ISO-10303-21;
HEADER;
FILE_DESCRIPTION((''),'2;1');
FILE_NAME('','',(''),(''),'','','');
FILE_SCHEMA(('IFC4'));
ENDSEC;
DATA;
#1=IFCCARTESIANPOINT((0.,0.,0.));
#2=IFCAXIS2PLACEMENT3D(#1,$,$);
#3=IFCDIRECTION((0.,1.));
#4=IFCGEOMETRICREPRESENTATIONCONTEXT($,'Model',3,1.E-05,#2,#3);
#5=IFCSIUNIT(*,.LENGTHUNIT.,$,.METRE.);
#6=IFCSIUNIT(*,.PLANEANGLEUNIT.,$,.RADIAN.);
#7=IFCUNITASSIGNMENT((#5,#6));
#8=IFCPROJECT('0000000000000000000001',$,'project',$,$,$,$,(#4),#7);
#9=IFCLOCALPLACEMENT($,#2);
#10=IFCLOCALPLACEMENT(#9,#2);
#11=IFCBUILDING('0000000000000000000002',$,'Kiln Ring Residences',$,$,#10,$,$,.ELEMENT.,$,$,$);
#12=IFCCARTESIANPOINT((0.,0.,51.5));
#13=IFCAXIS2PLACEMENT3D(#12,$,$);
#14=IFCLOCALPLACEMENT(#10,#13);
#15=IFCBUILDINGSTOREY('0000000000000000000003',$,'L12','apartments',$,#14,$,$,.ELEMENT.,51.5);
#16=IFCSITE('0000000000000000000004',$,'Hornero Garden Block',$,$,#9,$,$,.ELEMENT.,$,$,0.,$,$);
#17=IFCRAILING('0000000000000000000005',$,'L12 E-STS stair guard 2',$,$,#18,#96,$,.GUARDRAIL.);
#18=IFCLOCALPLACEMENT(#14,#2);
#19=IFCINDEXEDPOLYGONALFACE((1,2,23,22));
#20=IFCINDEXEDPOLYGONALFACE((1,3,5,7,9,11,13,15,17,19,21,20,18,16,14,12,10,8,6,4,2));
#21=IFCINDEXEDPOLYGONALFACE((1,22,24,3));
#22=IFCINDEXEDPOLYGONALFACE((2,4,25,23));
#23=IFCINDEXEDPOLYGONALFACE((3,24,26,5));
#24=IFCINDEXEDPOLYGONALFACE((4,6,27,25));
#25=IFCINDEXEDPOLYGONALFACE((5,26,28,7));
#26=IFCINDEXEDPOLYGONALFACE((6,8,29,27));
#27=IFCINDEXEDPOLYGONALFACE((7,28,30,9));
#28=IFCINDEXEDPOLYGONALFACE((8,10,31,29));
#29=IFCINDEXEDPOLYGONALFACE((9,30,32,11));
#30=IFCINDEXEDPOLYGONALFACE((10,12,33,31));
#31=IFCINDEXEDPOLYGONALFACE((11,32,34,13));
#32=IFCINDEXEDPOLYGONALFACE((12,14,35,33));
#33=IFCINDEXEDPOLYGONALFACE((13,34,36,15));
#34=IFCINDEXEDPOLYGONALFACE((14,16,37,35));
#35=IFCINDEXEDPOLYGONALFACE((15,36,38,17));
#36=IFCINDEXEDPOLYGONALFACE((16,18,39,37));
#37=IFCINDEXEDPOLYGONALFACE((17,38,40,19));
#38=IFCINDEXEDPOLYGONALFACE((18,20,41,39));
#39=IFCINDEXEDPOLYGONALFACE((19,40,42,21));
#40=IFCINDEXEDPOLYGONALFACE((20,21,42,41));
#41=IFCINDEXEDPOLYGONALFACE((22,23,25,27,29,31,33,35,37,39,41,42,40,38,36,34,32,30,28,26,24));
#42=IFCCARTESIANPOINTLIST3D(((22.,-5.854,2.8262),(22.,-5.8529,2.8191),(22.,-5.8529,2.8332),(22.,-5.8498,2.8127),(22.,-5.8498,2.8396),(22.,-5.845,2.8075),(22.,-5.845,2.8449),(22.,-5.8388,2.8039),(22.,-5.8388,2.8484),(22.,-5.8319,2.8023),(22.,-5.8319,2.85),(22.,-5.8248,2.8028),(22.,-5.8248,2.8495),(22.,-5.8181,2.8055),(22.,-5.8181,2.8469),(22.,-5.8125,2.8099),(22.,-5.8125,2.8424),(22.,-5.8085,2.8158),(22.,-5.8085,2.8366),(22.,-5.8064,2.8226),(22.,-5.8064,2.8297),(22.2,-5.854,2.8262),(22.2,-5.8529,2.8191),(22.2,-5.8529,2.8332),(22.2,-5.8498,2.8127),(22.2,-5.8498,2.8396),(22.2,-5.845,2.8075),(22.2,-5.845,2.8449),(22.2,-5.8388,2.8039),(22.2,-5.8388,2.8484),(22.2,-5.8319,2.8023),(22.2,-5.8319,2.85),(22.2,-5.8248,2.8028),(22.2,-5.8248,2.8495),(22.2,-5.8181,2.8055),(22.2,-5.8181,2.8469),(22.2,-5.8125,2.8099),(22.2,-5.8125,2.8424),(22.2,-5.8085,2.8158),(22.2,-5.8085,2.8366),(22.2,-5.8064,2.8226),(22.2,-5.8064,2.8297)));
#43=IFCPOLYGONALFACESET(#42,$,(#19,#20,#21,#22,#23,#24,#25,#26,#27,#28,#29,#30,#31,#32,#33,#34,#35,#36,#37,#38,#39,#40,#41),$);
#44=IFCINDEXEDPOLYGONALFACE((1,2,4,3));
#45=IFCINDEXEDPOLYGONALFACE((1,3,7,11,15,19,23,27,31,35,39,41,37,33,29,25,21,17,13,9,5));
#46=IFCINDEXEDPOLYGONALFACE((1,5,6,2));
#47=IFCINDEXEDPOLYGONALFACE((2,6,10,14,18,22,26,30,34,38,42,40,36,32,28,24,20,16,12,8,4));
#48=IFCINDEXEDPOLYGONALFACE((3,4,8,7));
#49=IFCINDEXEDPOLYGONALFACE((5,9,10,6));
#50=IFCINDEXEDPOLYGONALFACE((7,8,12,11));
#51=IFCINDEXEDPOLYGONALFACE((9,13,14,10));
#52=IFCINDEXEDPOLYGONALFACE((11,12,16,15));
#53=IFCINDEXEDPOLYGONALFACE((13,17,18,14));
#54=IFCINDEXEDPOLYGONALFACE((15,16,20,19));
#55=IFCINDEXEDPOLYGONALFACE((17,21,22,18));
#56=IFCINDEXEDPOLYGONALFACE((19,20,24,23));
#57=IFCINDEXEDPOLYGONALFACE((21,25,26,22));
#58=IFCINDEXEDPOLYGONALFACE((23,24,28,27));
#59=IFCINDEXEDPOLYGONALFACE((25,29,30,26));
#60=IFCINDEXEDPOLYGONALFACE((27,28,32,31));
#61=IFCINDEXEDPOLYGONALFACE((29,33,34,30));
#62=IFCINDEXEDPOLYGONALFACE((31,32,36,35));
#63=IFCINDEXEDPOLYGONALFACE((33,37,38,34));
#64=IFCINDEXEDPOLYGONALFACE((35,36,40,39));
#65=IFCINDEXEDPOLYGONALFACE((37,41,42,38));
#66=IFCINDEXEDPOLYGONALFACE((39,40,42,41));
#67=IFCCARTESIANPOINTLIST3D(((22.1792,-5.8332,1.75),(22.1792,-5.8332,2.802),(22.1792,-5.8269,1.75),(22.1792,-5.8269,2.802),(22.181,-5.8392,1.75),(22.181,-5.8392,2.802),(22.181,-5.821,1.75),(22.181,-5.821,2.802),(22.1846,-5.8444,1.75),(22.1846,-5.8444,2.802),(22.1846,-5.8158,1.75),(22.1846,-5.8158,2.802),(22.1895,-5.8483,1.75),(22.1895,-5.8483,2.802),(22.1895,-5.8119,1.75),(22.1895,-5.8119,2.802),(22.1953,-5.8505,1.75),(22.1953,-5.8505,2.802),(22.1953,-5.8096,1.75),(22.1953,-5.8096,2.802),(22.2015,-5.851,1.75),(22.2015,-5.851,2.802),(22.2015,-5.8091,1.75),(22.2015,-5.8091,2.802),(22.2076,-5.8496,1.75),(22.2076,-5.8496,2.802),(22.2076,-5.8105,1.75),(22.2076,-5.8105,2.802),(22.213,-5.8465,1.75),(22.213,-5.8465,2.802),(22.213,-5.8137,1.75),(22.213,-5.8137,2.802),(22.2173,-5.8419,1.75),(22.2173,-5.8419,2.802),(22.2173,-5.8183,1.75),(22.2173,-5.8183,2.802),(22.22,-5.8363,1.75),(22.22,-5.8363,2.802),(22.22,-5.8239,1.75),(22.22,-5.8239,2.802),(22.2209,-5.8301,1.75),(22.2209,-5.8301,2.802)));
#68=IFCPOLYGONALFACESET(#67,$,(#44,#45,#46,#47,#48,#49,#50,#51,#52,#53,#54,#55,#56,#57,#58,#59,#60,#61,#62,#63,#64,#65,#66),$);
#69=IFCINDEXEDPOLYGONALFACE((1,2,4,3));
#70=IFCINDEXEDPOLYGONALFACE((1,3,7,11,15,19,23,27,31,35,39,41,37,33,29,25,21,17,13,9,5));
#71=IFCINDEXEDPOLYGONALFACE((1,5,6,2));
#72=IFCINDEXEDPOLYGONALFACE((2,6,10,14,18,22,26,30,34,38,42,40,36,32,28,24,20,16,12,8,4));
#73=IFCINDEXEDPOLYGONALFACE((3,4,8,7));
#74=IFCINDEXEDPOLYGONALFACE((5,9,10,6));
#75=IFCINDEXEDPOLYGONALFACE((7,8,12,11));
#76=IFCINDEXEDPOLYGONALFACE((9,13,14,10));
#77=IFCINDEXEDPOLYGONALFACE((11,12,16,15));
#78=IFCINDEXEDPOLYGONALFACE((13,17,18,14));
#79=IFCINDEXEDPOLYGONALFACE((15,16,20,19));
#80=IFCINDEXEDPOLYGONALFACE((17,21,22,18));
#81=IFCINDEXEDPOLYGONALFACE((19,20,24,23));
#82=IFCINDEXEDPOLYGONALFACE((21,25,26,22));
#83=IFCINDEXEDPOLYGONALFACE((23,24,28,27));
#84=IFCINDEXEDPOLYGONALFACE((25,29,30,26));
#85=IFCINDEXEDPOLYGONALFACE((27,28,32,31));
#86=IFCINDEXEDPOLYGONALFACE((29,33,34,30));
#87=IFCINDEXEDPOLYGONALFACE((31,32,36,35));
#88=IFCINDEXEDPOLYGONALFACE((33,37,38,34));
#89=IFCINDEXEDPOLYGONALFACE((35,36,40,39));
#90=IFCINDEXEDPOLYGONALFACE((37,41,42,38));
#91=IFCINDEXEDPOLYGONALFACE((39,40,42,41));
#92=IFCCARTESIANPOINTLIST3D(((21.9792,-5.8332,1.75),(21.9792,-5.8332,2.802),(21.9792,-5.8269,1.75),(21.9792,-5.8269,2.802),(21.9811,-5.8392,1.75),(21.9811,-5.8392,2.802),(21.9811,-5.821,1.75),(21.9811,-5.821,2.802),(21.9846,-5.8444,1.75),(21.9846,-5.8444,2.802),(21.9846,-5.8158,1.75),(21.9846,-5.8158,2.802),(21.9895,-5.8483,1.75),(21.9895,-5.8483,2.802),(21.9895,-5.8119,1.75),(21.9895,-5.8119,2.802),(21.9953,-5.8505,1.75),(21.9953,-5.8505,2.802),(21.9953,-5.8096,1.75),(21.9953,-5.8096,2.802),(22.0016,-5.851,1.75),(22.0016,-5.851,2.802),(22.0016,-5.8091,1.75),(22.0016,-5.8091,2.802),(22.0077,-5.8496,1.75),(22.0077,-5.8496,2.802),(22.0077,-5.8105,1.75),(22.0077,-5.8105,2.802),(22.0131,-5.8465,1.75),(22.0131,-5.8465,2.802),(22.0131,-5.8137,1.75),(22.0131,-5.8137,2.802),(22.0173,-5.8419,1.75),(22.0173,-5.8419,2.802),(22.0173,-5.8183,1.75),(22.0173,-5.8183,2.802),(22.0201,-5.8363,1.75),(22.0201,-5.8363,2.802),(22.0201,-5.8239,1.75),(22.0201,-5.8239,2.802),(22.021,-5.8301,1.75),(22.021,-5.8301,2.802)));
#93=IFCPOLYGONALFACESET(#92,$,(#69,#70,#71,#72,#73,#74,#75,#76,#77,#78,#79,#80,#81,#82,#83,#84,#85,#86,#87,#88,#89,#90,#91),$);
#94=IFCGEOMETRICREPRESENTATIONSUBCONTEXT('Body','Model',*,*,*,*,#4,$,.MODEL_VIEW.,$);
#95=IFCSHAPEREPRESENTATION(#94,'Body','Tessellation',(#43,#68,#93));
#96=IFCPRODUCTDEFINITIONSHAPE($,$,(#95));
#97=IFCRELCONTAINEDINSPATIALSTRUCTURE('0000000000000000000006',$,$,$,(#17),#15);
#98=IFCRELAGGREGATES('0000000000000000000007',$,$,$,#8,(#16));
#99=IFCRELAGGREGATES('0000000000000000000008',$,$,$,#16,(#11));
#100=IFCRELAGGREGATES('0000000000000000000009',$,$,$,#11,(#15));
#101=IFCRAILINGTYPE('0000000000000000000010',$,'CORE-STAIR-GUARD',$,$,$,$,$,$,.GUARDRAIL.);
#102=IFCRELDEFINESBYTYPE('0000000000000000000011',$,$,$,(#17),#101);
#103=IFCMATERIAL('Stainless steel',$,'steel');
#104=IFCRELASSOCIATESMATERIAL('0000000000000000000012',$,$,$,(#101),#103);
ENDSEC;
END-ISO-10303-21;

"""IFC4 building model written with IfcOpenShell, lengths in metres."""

from ifc_helpers import new_model, si_unit, direction, frame, origin, origin_2d, place, context, subcontext, project, spatial, circle, extrude, material, type_object, element, save


model = new_model("IFC4")

# Units and contexts
model_context = context("Model", 3, precision=1e-05, world=origin(), true_north=direction((0.0, 1.0)))
body_context = subcontext(model_context, "Body", "Model", "MODEL_VIEW")
ifc_project = project(units=[si_unit("LENGTHUNIT", "METRE"), si_unit("PLANEANGLEUNIT", "RADIAN")], contexts=[model_context])

# Site, building, storey
site_placement = place(None, origin())
site = spatial("IfcSite", under=ifc_project, at=site_placement, Name="Hornero Garden Block", CompositionType="ELEMENT", RefElevation=0.0)
building_placement = place(site_placement, origin())
building = spatial("IfcBuilding", under=site, at=building_placement, Name="Kiln Ring Residences", CompositionType="ELEMENT")
storey_placement = place(building_placement, frame((0.0, 0.0, 51.5)))
storey = spatial("IfcBuildingStorey", under=building, at=storey_placement, Name="L12", Description="apartments", CompositionType="ELEMENT", Elevation=51.5)

# Railing
ifc_material_1 = material(Name="Stainless steel", Category="steel")
railing_type_1 = type_object("IfcRailingType", Name="CORE-STAIR-GUARD", PredefinedType="GUARDRAIL", material=ifc_material_1)
railing_1_placement = place(storey_placement, frame((22.2, -5.8301, 1.75)))
element("IfcRailing", 1, at=railing_1_placement, inside=storey, type_object=railing_type_1, Name="L12 E-STS stair guard 2", PredefinedType="GUARDRAIL", context=body_context, shape_type="SweptSolid", body=[
    extrude(circle(Radius=0.0239, at=origin_2d()), frame((0.0, 0.0, 1.0762), z_axis=(-1.0, 0.0, 0.0), x_axis=(0.0, -1.0, 0.0)), (0.0, 0.0, 1.0), 0.2),
    extrude(circle(Radius=0.021, at=origin_2d()), origin(), (0.0, 0.0, 1.0), 1.052),
    extrude(circle(Radius=0.021, at=origin_2d()), frame((-0.2, 0.0, 0.0)), (0.0, 0.0, 1.0), 1.052),
])

save(model, "model.ifc")
